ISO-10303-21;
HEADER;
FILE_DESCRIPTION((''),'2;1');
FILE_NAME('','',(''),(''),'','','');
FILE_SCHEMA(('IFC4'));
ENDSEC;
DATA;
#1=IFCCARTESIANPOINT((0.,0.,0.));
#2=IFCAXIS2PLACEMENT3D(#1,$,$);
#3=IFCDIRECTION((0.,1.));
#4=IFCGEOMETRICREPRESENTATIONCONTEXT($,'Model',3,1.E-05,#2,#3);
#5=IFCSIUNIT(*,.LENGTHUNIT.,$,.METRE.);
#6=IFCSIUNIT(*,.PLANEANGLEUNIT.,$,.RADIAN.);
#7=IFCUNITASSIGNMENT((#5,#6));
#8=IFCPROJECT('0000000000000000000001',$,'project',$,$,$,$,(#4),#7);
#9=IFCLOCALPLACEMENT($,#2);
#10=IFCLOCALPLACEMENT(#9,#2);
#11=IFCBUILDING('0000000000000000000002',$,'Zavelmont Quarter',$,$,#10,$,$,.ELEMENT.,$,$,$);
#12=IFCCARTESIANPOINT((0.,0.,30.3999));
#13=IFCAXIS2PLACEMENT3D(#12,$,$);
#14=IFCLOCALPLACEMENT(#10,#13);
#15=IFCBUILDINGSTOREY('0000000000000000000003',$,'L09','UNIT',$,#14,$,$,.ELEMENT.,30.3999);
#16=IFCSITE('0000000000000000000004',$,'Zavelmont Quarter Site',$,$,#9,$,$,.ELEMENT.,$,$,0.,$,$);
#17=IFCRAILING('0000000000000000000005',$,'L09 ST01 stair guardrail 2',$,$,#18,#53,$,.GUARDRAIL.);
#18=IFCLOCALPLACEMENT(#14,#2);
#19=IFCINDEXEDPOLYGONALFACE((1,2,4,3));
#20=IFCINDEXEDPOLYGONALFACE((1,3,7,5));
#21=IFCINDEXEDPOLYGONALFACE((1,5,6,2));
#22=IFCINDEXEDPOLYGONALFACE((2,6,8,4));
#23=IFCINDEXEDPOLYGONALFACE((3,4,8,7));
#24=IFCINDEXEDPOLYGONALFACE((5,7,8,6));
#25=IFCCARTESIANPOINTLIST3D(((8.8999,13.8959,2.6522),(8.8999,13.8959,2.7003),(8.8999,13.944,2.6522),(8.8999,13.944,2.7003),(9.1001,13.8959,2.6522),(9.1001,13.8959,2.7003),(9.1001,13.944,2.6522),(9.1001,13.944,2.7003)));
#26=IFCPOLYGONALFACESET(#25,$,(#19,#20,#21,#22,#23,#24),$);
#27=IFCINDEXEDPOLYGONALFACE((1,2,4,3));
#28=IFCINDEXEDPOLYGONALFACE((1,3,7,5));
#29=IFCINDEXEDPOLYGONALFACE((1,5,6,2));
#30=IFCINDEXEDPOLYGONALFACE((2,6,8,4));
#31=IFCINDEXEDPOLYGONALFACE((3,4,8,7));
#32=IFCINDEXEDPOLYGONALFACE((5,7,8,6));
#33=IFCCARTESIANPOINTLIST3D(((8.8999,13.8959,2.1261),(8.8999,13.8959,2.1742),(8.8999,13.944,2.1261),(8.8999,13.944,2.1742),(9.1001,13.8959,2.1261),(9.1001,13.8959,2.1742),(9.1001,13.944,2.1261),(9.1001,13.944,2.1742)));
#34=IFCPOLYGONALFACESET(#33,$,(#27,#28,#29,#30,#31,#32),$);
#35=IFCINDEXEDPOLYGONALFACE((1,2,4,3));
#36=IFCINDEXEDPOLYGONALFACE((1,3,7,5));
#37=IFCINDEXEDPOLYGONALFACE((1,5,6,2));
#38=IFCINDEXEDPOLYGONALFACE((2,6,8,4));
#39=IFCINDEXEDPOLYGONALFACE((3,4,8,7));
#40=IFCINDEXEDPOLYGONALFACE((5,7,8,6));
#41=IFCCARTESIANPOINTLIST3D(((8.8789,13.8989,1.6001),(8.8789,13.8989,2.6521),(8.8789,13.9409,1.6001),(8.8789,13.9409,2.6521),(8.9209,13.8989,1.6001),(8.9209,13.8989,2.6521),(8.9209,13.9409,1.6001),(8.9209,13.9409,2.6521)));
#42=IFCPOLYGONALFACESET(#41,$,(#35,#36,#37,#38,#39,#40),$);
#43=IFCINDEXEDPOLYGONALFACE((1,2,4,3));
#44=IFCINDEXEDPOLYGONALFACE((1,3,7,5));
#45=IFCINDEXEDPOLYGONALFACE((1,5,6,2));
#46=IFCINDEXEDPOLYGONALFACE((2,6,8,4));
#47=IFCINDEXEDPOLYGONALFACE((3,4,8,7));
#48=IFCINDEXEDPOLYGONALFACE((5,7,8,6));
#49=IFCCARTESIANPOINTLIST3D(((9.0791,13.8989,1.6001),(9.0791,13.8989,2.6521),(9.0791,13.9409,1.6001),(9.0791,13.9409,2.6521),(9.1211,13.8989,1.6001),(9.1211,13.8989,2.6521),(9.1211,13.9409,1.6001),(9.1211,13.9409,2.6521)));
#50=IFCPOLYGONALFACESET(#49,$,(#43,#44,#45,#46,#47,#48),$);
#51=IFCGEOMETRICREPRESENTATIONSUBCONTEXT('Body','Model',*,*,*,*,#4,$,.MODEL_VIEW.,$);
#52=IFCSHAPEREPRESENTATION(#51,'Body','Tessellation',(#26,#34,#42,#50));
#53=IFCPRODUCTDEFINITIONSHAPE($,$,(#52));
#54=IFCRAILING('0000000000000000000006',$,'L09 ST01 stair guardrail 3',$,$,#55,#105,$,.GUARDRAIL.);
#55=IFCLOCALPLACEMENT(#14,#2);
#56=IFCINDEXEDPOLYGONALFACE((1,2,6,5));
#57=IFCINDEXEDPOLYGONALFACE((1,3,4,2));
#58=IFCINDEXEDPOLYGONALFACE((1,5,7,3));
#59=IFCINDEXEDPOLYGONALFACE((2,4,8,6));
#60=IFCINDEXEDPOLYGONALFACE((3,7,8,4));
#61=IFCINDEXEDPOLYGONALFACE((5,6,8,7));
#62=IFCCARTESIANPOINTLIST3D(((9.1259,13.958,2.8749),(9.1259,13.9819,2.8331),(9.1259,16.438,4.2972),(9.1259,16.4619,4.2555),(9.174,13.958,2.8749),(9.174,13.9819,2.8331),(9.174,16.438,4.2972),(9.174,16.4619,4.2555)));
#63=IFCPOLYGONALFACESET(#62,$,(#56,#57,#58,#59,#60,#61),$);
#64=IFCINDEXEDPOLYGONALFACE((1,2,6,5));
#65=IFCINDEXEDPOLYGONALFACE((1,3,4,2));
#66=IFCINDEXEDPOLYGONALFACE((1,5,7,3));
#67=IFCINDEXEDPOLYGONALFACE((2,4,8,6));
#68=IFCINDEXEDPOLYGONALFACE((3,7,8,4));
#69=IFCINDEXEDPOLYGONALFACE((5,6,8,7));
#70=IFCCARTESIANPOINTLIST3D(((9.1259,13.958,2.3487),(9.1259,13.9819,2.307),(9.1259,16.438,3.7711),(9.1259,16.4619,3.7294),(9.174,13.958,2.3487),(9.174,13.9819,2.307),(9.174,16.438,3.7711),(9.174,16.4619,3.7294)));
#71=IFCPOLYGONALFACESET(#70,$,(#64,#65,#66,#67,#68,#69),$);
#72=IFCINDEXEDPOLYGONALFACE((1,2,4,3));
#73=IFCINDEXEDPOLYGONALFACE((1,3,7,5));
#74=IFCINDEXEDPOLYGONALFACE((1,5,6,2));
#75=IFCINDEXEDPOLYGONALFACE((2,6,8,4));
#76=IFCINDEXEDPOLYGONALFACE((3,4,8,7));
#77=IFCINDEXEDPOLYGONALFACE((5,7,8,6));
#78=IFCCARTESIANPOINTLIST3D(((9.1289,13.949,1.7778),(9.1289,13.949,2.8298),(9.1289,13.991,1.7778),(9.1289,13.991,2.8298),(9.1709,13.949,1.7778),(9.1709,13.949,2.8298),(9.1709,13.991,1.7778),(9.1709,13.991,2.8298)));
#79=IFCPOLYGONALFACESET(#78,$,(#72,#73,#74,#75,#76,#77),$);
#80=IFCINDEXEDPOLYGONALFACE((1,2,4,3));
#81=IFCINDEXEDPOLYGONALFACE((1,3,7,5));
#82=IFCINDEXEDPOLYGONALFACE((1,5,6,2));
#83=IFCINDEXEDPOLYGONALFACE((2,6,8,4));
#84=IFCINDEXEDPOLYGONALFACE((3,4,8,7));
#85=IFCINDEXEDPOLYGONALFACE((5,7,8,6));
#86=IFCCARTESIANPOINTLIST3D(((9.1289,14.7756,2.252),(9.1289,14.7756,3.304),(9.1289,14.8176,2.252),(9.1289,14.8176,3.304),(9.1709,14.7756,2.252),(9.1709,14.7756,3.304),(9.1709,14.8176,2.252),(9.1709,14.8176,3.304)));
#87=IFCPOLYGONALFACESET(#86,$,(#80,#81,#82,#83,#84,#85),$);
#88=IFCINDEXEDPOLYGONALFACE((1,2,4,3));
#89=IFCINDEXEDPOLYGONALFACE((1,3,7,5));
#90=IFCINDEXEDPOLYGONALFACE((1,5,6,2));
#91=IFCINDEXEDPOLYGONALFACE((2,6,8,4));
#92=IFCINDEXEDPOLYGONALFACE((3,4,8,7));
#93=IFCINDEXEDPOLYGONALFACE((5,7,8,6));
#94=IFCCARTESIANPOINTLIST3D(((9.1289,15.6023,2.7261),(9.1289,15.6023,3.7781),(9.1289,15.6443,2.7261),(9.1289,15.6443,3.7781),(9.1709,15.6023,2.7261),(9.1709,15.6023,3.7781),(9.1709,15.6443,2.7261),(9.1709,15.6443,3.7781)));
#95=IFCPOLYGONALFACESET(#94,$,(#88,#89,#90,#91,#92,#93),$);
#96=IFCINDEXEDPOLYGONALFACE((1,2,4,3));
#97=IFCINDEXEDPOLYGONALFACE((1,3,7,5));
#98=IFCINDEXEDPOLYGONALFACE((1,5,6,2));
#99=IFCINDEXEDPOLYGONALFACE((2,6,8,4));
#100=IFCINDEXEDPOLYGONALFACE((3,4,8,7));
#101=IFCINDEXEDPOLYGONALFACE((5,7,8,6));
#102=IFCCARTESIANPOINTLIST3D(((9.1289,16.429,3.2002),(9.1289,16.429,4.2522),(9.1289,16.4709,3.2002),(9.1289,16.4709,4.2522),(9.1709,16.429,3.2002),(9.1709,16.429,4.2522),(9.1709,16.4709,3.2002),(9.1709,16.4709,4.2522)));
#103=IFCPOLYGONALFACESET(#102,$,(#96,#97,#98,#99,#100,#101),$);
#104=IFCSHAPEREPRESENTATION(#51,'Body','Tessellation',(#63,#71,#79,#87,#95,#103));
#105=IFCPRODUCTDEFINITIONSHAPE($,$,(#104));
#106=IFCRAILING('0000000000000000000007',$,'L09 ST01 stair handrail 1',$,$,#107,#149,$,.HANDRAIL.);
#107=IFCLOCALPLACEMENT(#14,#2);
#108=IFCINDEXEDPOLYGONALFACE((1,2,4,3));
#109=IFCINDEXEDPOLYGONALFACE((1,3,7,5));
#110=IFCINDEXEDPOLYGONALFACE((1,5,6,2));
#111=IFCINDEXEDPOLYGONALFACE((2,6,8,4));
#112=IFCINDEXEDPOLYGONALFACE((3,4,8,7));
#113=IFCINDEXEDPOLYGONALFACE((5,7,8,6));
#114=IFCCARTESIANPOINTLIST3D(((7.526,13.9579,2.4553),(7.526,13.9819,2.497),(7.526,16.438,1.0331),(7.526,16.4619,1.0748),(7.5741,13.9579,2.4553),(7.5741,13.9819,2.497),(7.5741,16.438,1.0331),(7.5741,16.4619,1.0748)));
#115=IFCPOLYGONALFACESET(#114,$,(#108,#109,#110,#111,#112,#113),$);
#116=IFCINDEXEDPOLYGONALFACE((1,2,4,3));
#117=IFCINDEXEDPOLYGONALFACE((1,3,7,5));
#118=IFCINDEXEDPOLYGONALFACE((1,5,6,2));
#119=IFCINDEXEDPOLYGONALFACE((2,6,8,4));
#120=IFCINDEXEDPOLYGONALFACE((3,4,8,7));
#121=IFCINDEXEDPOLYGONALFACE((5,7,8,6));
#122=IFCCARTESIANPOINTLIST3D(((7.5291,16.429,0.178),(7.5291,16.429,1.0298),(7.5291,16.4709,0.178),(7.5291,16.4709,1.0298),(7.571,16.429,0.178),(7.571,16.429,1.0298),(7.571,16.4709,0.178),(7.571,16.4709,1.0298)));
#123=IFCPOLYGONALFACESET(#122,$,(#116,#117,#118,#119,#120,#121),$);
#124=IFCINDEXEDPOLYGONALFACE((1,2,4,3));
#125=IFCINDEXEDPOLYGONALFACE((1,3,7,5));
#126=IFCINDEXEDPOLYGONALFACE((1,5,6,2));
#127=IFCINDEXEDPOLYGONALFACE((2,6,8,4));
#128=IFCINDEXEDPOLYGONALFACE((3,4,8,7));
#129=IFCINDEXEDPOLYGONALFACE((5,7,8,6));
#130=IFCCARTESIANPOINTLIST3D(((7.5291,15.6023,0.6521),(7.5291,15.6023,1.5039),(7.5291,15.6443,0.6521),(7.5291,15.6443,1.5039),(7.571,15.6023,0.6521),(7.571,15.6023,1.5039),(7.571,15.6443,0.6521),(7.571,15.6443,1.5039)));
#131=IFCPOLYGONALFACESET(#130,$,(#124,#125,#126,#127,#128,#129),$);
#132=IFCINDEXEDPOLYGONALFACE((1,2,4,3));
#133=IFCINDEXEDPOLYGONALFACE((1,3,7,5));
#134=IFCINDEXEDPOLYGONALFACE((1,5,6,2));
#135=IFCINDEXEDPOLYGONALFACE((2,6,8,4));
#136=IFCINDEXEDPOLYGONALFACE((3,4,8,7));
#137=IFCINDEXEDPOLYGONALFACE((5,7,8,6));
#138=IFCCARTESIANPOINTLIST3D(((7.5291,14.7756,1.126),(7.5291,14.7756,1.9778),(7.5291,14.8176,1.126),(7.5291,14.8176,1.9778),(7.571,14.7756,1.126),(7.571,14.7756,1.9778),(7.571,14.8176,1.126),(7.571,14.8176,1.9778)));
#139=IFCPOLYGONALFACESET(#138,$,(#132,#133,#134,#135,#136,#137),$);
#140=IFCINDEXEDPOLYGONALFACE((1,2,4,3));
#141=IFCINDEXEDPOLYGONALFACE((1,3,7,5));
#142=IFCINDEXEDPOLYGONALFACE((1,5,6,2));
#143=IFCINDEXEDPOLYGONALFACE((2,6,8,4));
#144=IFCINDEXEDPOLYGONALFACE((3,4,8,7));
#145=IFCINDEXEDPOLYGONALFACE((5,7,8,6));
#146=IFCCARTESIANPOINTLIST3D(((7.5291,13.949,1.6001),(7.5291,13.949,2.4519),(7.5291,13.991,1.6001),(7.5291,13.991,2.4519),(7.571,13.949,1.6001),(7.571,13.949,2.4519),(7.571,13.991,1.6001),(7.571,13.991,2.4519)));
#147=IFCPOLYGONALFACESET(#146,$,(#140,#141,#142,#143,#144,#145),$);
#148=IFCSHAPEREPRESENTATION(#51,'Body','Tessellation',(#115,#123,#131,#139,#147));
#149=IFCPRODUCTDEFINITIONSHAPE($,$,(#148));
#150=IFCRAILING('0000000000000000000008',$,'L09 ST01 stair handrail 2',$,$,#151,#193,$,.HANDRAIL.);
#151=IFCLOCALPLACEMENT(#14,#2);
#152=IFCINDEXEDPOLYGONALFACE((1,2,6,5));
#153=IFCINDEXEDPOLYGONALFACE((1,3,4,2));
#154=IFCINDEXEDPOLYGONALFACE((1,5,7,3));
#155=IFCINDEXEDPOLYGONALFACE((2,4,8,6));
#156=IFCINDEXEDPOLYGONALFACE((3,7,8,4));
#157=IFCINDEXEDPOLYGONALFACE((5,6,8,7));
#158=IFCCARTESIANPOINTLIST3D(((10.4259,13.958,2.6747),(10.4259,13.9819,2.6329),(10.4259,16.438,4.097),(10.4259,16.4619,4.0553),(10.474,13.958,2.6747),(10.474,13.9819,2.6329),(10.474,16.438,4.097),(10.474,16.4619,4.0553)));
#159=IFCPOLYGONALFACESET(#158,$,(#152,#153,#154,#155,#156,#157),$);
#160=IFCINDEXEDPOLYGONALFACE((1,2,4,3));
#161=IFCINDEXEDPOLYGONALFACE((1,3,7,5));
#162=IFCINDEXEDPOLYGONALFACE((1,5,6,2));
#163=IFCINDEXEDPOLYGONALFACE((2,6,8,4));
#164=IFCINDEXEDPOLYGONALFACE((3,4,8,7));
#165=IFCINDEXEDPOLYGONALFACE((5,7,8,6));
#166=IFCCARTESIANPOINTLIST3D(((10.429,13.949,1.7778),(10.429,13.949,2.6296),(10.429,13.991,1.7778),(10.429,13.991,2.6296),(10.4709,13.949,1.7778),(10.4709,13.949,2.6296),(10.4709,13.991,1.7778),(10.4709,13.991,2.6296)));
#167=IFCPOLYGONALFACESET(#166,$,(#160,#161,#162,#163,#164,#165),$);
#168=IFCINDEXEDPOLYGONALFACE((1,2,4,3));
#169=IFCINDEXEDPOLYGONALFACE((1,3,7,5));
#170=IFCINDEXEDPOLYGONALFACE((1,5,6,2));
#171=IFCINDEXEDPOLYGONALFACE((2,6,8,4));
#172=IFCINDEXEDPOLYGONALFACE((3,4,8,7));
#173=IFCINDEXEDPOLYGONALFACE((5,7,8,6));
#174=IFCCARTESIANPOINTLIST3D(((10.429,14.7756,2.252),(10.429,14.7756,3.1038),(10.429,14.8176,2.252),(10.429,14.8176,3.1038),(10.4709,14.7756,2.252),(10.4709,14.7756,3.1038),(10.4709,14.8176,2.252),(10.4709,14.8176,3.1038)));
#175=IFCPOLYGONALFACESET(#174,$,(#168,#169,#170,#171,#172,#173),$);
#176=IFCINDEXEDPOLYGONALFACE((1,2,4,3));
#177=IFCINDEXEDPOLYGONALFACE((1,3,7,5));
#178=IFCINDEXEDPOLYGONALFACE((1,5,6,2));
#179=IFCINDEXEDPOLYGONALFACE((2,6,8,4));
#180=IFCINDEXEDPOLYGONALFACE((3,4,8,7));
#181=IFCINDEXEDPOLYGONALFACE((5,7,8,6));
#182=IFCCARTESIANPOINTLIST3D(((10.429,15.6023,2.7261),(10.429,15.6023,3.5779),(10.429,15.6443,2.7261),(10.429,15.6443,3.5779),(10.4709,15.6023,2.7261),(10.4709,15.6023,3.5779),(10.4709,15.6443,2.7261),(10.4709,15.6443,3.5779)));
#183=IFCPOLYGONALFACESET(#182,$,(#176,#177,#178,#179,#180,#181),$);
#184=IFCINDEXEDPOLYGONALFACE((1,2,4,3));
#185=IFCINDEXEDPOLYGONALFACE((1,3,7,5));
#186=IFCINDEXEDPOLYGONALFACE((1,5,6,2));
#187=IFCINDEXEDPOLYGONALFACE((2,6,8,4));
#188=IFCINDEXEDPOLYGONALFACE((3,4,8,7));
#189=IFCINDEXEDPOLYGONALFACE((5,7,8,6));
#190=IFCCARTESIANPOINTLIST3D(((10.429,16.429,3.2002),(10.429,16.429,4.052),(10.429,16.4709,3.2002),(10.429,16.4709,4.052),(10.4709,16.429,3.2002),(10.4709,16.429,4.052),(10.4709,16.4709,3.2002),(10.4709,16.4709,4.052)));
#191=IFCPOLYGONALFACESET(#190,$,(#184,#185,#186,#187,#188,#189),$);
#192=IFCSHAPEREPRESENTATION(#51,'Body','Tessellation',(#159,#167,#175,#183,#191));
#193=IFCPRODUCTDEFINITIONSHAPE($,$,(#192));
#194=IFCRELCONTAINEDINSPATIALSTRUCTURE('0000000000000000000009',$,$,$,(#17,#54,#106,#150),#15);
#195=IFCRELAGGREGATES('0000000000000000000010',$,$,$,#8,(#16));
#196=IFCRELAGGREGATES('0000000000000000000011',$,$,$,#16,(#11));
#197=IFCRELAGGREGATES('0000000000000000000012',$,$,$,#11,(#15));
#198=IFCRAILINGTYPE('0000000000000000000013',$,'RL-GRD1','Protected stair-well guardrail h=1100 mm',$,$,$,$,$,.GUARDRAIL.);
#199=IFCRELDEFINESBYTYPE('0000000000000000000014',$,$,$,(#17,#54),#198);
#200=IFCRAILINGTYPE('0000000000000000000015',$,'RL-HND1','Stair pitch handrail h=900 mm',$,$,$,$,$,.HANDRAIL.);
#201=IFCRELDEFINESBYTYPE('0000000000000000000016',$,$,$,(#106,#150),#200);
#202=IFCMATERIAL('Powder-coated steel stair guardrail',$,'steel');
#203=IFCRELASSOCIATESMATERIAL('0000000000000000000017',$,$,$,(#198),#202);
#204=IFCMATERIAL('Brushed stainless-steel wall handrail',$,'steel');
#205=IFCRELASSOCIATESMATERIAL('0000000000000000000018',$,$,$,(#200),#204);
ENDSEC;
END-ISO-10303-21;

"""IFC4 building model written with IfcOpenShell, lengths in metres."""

from ifc_helpers import new_model, si_unit, direction, frame, origin, origin_2d, place, context, subcontext, project, spatial, rectangle, extrude, material, type_object, element, save


model = new_model("IFC4")

# Units and contexts
model_context = context("Model", 3, precision=1e-05, world=origin(), true_north=direction((0.0, 1.0)))
body_context = subcontext(model_context, "Body", "Model", "MODEL_VIEW")
ifc_project = project(units=[si_unit("LENGTHUNIT", "METRE"), si_unit("PLANEANGLEUNIT", "RADIAN")], contexts=[model_context])

# Site, building, storey
site_placement = place(None, origin())
site = spatial("IfcSite", under=ifc_project, at=site_placement, Name="Zavelmont Quarter Site", CompositionType="ELEMENT", RefElevation=0.0)
building_placement = place(site_placement, origin())
building = spatial("IfcBuilding", under=site, at=building_placement, Name="Zavelmont Quarter", CompositionType="ELEMENT")
storey_placement = place(building_placement, frame((0.0, 0.0, 30.3999)))
storey = spatial("IfcBuildingStorey", under=building, at=storey_placement, Name="L09", Description="UNIT", CompositionType="ELEMENT", Elevation=30.3999)

# Railings
ifc_material_1 = material(Name="Powder-coated steel stair guardrail", Category="steel")
railing_type_1 = type_object("IfcRailingType", Name="RL-GRD1", Description="Protected stair-well guardrail h=1100 mm", PredefinedType="GUARDRAIL", material=ifc_material_1)
railing_1_placement = place(storey_placement, frame((8.8999, 13.9199, 1.6001)))
element("IfcRailing", 1, at=railing_1_placement, inside=storey, type_object=railing_type_1, Name="L09 ST01 stair guardrail 2", PredefinedType="GUARDRAIL", context=body_context, shape_type="SweptSolid", body=[
    extrude(rectangle(XDim=0.0481, YDim=0.0481, at=origin_2d()), frame((0.0, 0.0, 1.0762), z_axis=(1.0, 0.0, 0.0), x_axis=(0.0, 1.0, 0.0)), (0.0, 0.0, 1.0), 0.2002),
    extrude(rectangle(XDim=0.0481, YDim=0.0481, at=origin_2d()), frame((0.0, 0.0, 0.55), z_axis=(1.0, 0.0, 0.0), x_axis=(0.0, 1.0, 0.0)), (0.0, 0.0, 1.0), 0.2002),
    extrude(rectangle(XDim=0.042, YDim=0.042, at=origin_2d()), origin(), (0.0, 0.0, 1.0), 1.052),
    extrude(rectangle(XDim=0.042, YDim=0.042, at=origin_2d()), frame((0.2002, 0.0, 0.0)), (0.0, 0.0, 1.0), 1.052),
])
railing_2_placement = place(storey_placement, frame((9.1499, 13.97, 1.7778)))
element("IfcRailing", 2, at=railing_2_placement, inside=storey, type_object=railing_type_1, Name="L09 ST01 stair guardrail 3", PredefinedType="GUARDRAIL", context=body_context, shape_type="SweptSolid", body=[
    extrude(rectangle(XDim=0.0481, YDim=0.0481, at=origin_2d()), frame((0.0, 0.0, 1.0762), z_axis=(0.0, 0.867454, 0.497518), x_axis=(-1.0, 0.0, 0.0)), (0.0, 0.0, 1.0), 2.8589),
    extrude(rectangle(XDim=0.0481, YDim=0.0481, at=origin_2d()), frame((0.0, 0.0, 0.55), z_axis=(0.0, 0.867454, 0.497518), x_axis=(-1.0, 0.0, 0.0)), (0.0, 0.0, 1.0), 2.8589),
    extrude(rectangle(XDim=0.042, YDim=0.042, at=origin_2d()), origin(), (0.0, 0.0, 1.0), 1.052),
    extrude(rectangle(XDim=0.042, YDim=0.042, at=origin_2d()), frame((0.0, 0.8267, 0.4741)), (0.0, 0.0, 1.0), 1.052),
    extrude(rectangle(XDim=0.042, YDim=0.042, at=origin_2d()), frame((0.0, 1.6533, 0.9482)), (0.0, 0.0, 1.0), 1.052),
    extrude(rectangle(XDim=0.042, YDim=0.042, at=origin_2d()), frame((0.0, 2.48, 1.4224)), (0.0, 0.0, 1.0), 1.052),
])
ifc_material_2 = material(Name="Brushed stainless-steel wall handrail", Category="steel")
railing_type_2 = type_object("IfcRailingType", Name="RL-HND1", Description="Stair pitch handrail h=900 mm", PredefinedType="HANDRAIL", material=ifc_material_2)
railing_3_placement = place(storey_placement, frame((7.55, 16.45, 0.178)))
element("IfcRailing", 3, at=railing_3_placement, inside=storey, type_object=railing_type_2, Name="L09 ST01 stair handrail 1", PredefinedType="HANDRAIL", context=body_context, shape_type="SweptSolid", body=[
    extrude(rectangle(XDim=0.0481, YDim=0.0481, at=origin_2d()), frame((0.0, 0.0, 0.876), z_axis=(0.0, -0.867491, 0.497454), x_axis=(1.0, 0.0, 0.0)), (0.0, 0.0, 1.0), 2.8589),
    extrude(rectangle(XDim=0.042, YDim=0.042, at=origin_2d()), origin(), (0.0, 0.0, 1.0), 0.8518),
    extrude(rectangle(XDim=0.042, YDim=0.042, at=origin_2d()), frame((0.0, -0.8267, 0.4741)), (0.0, 0.0, 1.0), 0.8518),
    extrude(rectangle(XDim=0.042, YDim=0.042, at=origin_2d()), frame((0.0, -1.6533, 0.948)), (0.0, 0.0, 1.0), 0.8518),
    extrude(rectangle(XDim=0.042, YDim=0.042, at=origin_2d()), frame((0.0, -2.48, 1.4221)), (0.0, 0.0, 1.0), 0.8518),
])
railing_4_placement = place(storey_placement, frame((10.45, 13.97, 1.7778)))
element("IfcRailing", 4, at=railing_4_placement, inside=storey, type_object=railing_type_2, Name="L09 ST01 stair handrail 2", PredefinedType="HANDRAIL", context=body_context, shape_type="SweptSolid", body=[
    extrude(rectangle(XDim=0.0481, YDim=0.0481, at=origin_2d()), frame((0.0, 0.0, 0.876), z_axis=(0.0, 0.867454, 0.497518), x_axis=(-1.0, 0.0, 0.0)), (0.0, 0.0, 1.0), 2.8589),
    extrude(rectangle(XDim=0.042, YDim=0.042, at=origin_2d()), origin(), (0.0, 0.0, 1.0), 0.8518),
    extrude(rectangle(XDim=0.042, YDim=0.042, at=origin_2d()), frame((0.0, 0.8267, 0.4741)), (0.0, 0.0, 1.0), 0.8518),
    extrude(rectangle(XDim=0.042, YDim=0.042, at=origin_2d()), frame((0.0, 1.6533, 0.9482)), (0.0, 0.0, 1.0), 0.8518),
    extrude(rectangle(XDim=0.042, YDim=0.042, at=origin_2d()), frame((0.0, 2.48, 1.4224)), (0.0, 0.0, 1.0), 0.8518),
])

save(model, "model.ifc")
